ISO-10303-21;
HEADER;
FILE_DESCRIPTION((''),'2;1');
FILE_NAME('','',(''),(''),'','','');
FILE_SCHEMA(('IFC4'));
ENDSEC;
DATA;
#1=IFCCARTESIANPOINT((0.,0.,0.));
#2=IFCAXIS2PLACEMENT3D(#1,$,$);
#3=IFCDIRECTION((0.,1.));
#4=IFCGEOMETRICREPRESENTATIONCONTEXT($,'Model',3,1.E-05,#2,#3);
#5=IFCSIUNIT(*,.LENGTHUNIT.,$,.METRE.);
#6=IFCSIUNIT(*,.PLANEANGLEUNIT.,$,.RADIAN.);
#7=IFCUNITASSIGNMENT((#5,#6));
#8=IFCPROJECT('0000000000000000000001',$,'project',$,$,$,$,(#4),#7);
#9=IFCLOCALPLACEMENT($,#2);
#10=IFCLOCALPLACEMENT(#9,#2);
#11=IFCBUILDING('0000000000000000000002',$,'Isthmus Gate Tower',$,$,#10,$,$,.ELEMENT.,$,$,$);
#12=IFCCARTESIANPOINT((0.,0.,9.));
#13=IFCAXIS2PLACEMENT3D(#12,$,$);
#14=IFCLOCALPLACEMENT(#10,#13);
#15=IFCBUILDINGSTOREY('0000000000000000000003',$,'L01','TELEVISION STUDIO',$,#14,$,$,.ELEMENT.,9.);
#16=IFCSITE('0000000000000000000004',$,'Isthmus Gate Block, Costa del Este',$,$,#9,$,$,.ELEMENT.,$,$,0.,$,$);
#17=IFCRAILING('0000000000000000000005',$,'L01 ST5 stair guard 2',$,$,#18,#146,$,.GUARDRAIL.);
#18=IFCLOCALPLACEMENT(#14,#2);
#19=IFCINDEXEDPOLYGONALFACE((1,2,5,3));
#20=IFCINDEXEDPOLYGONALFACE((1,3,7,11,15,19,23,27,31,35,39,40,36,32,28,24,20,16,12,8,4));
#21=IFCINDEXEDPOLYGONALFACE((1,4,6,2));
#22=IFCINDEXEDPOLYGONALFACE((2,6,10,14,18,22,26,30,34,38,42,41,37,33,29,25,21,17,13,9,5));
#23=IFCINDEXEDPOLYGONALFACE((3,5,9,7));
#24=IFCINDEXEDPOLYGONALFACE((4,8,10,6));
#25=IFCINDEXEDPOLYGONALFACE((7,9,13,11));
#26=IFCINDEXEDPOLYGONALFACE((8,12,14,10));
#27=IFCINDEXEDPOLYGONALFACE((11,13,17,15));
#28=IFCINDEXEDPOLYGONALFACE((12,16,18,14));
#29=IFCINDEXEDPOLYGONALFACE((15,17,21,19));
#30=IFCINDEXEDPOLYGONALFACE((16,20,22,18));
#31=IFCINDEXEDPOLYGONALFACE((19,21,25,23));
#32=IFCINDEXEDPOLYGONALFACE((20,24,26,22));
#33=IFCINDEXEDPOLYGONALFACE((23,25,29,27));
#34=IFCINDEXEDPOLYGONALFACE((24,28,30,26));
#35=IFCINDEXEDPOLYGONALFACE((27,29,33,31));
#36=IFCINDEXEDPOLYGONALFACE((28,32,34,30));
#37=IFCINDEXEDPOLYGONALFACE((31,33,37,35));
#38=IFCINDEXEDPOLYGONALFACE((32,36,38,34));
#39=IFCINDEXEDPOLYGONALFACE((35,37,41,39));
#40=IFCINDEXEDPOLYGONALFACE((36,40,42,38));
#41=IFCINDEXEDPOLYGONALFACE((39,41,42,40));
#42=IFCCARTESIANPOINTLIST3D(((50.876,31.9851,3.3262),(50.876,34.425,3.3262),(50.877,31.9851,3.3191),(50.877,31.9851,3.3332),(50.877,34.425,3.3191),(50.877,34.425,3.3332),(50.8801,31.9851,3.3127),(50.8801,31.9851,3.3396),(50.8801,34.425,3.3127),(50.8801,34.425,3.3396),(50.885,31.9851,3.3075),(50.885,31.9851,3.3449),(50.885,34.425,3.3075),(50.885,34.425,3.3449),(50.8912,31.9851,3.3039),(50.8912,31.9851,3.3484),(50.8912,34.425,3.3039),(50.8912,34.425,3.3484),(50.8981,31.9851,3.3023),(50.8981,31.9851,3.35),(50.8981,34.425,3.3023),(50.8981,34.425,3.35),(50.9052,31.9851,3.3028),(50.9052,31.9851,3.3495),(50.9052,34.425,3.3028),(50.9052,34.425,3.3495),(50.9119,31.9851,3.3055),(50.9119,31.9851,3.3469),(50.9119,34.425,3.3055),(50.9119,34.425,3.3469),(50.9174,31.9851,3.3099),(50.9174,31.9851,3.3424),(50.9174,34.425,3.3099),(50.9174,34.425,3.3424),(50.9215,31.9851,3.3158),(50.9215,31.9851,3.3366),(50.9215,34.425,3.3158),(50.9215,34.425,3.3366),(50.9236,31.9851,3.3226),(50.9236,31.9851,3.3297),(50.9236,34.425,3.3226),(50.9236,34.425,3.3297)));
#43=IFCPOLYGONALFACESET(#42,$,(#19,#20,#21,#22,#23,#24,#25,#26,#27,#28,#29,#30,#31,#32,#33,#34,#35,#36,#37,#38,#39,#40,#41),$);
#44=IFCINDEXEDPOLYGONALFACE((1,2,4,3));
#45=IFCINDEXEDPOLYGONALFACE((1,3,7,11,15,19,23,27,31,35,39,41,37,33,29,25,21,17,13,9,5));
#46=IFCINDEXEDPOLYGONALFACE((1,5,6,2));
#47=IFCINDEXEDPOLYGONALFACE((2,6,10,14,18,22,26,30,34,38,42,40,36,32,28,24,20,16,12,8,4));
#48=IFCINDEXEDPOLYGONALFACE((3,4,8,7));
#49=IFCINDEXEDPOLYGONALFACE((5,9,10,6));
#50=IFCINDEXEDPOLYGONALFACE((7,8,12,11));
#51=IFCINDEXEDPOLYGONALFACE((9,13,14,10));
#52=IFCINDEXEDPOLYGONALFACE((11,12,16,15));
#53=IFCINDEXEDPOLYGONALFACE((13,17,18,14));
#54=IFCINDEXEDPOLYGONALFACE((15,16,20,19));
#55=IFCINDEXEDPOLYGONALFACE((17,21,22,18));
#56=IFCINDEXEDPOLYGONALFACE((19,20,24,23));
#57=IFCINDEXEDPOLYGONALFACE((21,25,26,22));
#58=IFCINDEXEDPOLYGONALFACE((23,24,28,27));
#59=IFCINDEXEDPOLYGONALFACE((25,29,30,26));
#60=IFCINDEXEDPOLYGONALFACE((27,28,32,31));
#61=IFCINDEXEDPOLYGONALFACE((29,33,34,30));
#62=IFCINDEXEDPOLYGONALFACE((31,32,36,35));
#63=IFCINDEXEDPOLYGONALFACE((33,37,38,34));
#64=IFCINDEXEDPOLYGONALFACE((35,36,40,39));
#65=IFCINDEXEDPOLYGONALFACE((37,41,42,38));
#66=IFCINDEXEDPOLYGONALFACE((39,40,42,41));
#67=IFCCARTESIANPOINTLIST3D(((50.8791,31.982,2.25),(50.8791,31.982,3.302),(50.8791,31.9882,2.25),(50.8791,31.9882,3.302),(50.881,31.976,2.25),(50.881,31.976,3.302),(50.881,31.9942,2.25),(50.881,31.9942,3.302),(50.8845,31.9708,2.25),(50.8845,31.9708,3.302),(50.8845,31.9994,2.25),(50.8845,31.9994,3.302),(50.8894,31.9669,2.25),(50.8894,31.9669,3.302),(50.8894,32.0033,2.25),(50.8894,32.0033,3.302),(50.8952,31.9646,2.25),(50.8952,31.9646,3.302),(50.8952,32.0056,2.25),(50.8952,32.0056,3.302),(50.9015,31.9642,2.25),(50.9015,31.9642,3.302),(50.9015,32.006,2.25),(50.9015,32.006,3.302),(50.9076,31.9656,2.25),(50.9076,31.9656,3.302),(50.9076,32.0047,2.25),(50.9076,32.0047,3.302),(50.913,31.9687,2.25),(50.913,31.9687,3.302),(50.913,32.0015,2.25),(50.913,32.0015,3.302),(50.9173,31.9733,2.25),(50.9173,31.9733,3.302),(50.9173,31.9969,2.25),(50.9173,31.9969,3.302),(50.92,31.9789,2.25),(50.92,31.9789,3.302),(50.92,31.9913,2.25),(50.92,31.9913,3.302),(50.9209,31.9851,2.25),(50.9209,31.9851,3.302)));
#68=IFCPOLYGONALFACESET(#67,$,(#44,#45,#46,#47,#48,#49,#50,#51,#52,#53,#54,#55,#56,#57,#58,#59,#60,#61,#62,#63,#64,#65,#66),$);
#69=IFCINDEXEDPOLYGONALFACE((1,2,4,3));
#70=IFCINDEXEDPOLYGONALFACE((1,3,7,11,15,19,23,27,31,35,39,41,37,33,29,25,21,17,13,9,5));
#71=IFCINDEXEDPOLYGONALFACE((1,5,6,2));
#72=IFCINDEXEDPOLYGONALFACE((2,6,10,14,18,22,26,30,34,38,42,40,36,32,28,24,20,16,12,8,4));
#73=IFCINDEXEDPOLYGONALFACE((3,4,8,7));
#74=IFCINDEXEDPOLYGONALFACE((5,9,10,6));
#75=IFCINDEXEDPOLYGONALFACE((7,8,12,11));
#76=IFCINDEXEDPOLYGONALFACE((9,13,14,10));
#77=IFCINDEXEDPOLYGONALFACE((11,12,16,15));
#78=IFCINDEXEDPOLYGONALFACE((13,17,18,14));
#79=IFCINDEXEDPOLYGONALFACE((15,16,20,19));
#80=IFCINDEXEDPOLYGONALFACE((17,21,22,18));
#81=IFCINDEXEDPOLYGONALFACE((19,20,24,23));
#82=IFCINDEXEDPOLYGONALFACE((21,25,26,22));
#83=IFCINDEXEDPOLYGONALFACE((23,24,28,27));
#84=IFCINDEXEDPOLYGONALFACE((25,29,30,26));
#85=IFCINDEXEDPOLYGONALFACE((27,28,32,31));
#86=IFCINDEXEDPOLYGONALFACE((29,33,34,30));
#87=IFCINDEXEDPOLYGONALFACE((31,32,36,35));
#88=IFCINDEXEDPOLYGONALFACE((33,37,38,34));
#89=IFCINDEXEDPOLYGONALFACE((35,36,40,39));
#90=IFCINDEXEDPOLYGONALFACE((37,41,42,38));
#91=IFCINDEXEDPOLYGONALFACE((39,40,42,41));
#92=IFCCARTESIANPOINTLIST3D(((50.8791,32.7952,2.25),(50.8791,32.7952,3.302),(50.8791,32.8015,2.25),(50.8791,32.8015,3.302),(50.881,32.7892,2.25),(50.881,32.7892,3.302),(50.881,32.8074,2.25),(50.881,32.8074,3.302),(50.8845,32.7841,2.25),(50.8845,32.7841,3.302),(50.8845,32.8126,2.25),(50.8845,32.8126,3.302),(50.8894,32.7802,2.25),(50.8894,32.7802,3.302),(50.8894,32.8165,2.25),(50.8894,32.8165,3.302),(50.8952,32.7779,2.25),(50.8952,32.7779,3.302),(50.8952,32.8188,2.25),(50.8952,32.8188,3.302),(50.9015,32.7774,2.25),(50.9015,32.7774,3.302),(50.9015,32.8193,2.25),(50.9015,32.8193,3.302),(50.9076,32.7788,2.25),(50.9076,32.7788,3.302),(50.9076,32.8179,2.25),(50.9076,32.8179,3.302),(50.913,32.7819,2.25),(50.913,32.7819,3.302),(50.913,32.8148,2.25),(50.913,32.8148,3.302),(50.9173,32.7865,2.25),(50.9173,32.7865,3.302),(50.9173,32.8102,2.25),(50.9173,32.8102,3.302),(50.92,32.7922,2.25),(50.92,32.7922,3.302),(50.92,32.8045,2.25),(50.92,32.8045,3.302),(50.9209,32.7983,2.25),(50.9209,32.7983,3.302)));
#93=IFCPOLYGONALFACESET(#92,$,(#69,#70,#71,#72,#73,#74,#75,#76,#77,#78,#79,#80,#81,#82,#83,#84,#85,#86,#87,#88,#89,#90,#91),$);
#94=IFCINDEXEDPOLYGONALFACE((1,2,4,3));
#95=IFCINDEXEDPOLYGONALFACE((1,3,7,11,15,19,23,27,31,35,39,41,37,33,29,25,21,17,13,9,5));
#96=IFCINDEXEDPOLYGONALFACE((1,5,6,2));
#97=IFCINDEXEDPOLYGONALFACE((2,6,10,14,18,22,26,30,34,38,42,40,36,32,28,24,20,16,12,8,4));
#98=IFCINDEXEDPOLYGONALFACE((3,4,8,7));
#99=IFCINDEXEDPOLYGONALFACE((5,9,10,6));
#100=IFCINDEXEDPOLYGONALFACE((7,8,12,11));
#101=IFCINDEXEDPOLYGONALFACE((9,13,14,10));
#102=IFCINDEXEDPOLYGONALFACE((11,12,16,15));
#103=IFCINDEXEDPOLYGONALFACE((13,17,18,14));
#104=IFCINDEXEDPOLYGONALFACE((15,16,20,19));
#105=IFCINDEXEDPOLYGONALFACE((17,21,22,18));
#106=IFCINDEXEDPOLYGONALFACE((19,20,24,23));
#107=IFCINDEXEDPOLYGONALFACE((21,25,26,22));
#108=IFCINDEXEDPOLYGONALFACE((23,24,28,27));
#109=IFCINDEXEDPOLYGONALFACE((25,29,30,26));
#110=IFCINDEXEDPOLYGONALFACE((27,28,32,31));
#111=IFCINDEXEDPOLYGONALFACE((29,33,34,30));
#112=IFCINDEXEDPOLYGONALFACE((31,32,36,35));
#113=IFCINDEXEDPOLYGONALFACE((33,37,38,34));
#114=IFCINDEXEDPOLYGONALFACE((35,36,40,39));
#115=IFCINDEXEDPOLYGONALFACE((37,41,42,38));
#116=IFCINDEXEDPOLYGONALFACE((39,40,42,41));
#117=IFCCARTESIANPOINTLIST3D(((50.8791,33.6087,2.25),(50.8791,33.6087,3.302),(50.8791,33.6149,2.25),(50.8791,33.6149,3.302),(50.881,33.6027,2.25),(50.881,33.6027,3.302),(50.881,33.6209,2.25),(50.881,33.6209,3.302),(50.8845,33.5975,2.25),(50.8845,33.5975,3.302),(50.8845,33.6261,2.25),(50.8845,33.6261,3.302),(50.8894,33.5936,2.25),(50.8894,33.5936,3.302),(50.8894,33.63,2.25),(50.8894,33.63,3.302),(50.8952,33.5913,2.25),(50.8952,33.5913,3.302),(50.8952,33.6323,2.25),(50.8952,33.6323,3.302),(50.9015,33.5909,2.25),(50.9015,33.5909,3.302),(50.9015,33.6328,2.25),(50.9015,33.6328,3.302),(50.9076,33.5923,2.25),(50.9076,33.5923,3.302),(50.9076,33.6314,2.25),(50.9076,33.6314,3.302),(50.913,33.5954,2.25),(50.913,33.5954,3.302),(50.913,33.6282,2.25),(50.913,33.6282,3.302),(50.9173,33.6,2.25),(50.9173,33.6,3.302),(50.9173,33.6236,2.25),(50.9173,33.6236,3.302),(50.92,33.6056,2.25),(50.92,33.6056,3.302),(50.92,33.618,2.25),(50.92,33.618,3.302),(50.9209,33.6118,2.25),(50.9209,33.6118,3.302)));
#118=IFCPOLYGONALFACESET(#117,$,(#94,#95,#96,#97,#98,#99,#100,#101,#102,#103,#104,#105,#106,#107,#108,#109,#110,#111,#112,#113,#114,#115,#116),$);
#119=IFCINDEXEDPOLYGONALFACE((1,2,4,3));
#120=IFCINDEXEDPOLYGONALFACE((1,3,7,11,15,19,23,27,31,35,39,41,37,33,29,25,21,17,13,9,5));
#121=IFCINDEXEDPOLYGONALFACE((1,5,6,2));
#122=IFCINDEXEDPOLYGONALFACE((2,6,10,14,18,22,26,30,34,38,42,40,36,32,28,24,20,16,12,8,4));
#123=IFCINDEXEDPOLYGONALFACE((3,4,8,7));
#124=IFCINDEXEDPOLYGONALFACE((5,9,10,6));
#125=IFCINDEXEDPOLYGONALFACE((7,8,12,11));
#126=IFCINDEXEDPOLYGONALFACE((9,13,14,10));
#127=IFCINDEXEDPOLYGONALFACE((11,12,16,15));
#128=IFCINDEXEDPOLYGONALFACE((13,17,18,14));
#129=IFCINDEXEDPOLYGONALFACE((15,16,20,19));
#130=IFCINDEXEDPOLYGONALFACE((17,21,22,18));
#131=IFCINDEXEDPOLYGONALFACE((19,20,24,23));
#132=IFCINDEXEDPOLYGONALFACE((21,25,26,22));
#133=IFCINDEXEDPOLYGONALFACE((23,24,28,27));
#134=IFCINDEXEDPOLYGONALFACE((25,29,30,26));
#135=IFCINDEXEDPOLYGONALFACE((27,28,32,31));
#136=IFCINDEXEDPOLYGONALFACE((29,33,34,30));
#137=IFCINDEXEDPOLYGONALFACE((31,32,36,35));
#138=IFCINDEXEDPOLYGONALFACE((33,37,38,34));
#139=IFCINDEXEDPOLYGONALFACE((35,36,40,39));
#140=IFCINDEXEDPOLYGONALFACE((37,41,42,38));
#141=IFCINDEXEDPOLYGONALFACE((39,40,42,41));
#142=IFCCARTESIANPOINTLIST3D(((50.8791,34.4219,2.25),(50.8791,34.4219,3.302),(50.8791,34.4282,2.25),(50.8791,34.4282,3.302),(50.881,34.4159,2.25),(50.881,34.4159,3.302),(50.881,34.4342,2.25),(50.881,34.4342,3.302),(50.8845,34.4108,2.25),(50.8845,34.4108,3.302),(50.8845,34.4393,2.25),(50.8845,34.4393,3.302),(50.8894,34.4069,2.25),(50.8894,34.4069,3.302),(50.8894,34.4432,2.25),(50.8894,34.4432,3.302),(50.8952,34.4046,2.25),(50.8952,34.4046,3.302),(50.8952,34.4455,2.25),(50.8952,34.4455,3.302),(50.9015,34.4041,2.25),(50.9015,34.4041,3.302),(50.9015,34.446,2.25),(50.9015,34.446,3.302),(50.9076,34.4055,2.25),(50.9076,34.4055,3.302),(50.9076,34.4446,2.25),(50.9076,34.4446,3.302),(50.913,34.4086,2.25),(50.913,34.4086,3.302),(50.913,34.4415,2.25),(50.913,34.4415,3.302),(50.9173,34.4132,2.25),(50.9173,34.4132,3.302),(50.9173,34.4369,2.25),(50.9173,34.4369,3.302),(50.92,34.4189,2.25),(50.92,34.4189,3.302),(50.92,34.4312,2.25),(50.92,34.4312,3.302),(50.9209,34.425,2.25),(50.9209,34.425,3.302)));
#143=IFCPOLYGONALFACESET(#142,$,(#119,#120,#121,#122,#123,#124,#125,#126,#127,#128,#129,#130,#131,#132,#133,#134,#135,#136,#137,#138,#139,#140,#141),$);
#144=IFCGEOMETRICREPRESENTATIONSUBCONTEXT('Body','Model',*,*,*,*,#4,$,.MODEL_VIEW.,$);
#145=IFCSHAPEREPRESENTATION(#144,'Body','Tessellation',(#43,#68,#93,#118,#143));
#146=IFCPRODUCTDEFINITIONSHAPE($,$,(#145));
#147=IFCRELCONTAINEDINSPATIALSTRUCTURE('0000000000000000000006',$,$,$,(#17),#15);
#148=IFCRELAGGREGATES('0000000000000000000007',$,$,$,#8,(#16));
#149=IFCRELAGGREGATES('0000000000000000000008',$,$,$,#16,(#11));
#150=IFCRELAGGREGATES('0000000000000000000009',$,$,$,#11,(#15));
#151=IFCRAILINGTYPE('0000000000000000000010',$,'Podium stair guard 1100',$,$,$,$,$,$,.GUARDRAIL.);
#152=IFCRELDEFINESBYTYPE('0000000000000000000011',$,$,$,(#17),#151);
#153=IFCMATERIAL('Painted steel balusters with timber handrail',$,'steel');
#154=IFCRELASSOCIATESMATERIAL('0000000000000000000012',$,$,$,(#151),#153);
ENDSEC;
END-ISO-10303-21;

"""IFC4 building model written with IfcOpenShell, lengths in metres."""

from ifc_helpers import new_model, si_unit, direction, frame, origin, origin_2d, place, context, subcontext, project, spatial, circle, extrude, material, type_object, element, save


model = new_model("IFC4")

# Units and contexts
model_context = context("Model", 3, precision=1e-05, world=origin(), true_north=direction((0.0, 1.0)))
body_context = subcontext(model_context, "Body", "Model", "MODEL_VIEW")
ifc_project = project(units=[si_unit("LENGTHUNIT", "METRE"), si_unit("PLANEANGLEUNIT", "RADIAN")], contexts=[model_context])

# Site, building, storey
site_placement = place(None, origin())
site = spatial("IfcSite", under=ifc_project, at=site_placement, Name="Isthmus Gate Block, Costa del Este", CompositionType="ELEMENT", RefElevation=0.0)
building_placement = place(site_placement, origin())
building = spatial("IfcBuilding", under=site, at=building_placement, Name="Isthmus Gate Tower", CompositionType="ELEMENT")
storey_placement = place(building_placement, frame((0.0, 0.0, 9.0)))
storey = spatial("IfcBuildingStorey", under=building, at=storey_placement, Name="L01", Description="TELEVISION STUDIO", CompositionType="ELEMENT", Elevation=9.0)

# Railing
ifc_material_1 = material(Name="Painted steel balusters with timber handrail", Category="steel")
railing_type_1 = type_object("IfcRailingType", Name="Podium stair guard 1100", PredefinedType="GUARDRAIL", material=ifc_material_1)
railing_1_placement = place(storey_placement, frame((50.8999, 31.9851, 2.25)))
element("IfcRailing", 1, at=railing_1_placement, inside=storey, type_object=railing_type_1, Name="L01 ST5 stair guard 2", PredefinedType="GUARDRAIL", context=body_context, shape_type="SweptSolid", body=[
    extrude(circle(Radius=0.0239, at=origin_2d()), frame((0.0, 0.0, 1.0762), z_axis=(0.0, 1.0, 0.0), x_axis=(-1.0, 0.0, 0.0)), (0.0, 0.0, 1.0), 2.4399),
    extrude(circle(Radius=0.021, at=origin_2d()), origin(), (0.0, 0.0, 1.0), 1.052),
    extrude(circle(Radius=0.021, at=origin_2d()), frame((0.0, 0.8132, 0.0)), (0.0, 0.0, 1.0), 1.052),
    extrude(circle(Radius=0.021, at=origin_2d()), frame((0.0, 1.6267, 0.0)), (0.0, 0.0, 1.0), 1.052),
    extrude(circle(Radius=0.021, at=origin_2d()), frame((0.0, 2.4399, 0.0)), (0.0, 0.0, 1.0), 1.052),
])

save(model, "model.ifc")
